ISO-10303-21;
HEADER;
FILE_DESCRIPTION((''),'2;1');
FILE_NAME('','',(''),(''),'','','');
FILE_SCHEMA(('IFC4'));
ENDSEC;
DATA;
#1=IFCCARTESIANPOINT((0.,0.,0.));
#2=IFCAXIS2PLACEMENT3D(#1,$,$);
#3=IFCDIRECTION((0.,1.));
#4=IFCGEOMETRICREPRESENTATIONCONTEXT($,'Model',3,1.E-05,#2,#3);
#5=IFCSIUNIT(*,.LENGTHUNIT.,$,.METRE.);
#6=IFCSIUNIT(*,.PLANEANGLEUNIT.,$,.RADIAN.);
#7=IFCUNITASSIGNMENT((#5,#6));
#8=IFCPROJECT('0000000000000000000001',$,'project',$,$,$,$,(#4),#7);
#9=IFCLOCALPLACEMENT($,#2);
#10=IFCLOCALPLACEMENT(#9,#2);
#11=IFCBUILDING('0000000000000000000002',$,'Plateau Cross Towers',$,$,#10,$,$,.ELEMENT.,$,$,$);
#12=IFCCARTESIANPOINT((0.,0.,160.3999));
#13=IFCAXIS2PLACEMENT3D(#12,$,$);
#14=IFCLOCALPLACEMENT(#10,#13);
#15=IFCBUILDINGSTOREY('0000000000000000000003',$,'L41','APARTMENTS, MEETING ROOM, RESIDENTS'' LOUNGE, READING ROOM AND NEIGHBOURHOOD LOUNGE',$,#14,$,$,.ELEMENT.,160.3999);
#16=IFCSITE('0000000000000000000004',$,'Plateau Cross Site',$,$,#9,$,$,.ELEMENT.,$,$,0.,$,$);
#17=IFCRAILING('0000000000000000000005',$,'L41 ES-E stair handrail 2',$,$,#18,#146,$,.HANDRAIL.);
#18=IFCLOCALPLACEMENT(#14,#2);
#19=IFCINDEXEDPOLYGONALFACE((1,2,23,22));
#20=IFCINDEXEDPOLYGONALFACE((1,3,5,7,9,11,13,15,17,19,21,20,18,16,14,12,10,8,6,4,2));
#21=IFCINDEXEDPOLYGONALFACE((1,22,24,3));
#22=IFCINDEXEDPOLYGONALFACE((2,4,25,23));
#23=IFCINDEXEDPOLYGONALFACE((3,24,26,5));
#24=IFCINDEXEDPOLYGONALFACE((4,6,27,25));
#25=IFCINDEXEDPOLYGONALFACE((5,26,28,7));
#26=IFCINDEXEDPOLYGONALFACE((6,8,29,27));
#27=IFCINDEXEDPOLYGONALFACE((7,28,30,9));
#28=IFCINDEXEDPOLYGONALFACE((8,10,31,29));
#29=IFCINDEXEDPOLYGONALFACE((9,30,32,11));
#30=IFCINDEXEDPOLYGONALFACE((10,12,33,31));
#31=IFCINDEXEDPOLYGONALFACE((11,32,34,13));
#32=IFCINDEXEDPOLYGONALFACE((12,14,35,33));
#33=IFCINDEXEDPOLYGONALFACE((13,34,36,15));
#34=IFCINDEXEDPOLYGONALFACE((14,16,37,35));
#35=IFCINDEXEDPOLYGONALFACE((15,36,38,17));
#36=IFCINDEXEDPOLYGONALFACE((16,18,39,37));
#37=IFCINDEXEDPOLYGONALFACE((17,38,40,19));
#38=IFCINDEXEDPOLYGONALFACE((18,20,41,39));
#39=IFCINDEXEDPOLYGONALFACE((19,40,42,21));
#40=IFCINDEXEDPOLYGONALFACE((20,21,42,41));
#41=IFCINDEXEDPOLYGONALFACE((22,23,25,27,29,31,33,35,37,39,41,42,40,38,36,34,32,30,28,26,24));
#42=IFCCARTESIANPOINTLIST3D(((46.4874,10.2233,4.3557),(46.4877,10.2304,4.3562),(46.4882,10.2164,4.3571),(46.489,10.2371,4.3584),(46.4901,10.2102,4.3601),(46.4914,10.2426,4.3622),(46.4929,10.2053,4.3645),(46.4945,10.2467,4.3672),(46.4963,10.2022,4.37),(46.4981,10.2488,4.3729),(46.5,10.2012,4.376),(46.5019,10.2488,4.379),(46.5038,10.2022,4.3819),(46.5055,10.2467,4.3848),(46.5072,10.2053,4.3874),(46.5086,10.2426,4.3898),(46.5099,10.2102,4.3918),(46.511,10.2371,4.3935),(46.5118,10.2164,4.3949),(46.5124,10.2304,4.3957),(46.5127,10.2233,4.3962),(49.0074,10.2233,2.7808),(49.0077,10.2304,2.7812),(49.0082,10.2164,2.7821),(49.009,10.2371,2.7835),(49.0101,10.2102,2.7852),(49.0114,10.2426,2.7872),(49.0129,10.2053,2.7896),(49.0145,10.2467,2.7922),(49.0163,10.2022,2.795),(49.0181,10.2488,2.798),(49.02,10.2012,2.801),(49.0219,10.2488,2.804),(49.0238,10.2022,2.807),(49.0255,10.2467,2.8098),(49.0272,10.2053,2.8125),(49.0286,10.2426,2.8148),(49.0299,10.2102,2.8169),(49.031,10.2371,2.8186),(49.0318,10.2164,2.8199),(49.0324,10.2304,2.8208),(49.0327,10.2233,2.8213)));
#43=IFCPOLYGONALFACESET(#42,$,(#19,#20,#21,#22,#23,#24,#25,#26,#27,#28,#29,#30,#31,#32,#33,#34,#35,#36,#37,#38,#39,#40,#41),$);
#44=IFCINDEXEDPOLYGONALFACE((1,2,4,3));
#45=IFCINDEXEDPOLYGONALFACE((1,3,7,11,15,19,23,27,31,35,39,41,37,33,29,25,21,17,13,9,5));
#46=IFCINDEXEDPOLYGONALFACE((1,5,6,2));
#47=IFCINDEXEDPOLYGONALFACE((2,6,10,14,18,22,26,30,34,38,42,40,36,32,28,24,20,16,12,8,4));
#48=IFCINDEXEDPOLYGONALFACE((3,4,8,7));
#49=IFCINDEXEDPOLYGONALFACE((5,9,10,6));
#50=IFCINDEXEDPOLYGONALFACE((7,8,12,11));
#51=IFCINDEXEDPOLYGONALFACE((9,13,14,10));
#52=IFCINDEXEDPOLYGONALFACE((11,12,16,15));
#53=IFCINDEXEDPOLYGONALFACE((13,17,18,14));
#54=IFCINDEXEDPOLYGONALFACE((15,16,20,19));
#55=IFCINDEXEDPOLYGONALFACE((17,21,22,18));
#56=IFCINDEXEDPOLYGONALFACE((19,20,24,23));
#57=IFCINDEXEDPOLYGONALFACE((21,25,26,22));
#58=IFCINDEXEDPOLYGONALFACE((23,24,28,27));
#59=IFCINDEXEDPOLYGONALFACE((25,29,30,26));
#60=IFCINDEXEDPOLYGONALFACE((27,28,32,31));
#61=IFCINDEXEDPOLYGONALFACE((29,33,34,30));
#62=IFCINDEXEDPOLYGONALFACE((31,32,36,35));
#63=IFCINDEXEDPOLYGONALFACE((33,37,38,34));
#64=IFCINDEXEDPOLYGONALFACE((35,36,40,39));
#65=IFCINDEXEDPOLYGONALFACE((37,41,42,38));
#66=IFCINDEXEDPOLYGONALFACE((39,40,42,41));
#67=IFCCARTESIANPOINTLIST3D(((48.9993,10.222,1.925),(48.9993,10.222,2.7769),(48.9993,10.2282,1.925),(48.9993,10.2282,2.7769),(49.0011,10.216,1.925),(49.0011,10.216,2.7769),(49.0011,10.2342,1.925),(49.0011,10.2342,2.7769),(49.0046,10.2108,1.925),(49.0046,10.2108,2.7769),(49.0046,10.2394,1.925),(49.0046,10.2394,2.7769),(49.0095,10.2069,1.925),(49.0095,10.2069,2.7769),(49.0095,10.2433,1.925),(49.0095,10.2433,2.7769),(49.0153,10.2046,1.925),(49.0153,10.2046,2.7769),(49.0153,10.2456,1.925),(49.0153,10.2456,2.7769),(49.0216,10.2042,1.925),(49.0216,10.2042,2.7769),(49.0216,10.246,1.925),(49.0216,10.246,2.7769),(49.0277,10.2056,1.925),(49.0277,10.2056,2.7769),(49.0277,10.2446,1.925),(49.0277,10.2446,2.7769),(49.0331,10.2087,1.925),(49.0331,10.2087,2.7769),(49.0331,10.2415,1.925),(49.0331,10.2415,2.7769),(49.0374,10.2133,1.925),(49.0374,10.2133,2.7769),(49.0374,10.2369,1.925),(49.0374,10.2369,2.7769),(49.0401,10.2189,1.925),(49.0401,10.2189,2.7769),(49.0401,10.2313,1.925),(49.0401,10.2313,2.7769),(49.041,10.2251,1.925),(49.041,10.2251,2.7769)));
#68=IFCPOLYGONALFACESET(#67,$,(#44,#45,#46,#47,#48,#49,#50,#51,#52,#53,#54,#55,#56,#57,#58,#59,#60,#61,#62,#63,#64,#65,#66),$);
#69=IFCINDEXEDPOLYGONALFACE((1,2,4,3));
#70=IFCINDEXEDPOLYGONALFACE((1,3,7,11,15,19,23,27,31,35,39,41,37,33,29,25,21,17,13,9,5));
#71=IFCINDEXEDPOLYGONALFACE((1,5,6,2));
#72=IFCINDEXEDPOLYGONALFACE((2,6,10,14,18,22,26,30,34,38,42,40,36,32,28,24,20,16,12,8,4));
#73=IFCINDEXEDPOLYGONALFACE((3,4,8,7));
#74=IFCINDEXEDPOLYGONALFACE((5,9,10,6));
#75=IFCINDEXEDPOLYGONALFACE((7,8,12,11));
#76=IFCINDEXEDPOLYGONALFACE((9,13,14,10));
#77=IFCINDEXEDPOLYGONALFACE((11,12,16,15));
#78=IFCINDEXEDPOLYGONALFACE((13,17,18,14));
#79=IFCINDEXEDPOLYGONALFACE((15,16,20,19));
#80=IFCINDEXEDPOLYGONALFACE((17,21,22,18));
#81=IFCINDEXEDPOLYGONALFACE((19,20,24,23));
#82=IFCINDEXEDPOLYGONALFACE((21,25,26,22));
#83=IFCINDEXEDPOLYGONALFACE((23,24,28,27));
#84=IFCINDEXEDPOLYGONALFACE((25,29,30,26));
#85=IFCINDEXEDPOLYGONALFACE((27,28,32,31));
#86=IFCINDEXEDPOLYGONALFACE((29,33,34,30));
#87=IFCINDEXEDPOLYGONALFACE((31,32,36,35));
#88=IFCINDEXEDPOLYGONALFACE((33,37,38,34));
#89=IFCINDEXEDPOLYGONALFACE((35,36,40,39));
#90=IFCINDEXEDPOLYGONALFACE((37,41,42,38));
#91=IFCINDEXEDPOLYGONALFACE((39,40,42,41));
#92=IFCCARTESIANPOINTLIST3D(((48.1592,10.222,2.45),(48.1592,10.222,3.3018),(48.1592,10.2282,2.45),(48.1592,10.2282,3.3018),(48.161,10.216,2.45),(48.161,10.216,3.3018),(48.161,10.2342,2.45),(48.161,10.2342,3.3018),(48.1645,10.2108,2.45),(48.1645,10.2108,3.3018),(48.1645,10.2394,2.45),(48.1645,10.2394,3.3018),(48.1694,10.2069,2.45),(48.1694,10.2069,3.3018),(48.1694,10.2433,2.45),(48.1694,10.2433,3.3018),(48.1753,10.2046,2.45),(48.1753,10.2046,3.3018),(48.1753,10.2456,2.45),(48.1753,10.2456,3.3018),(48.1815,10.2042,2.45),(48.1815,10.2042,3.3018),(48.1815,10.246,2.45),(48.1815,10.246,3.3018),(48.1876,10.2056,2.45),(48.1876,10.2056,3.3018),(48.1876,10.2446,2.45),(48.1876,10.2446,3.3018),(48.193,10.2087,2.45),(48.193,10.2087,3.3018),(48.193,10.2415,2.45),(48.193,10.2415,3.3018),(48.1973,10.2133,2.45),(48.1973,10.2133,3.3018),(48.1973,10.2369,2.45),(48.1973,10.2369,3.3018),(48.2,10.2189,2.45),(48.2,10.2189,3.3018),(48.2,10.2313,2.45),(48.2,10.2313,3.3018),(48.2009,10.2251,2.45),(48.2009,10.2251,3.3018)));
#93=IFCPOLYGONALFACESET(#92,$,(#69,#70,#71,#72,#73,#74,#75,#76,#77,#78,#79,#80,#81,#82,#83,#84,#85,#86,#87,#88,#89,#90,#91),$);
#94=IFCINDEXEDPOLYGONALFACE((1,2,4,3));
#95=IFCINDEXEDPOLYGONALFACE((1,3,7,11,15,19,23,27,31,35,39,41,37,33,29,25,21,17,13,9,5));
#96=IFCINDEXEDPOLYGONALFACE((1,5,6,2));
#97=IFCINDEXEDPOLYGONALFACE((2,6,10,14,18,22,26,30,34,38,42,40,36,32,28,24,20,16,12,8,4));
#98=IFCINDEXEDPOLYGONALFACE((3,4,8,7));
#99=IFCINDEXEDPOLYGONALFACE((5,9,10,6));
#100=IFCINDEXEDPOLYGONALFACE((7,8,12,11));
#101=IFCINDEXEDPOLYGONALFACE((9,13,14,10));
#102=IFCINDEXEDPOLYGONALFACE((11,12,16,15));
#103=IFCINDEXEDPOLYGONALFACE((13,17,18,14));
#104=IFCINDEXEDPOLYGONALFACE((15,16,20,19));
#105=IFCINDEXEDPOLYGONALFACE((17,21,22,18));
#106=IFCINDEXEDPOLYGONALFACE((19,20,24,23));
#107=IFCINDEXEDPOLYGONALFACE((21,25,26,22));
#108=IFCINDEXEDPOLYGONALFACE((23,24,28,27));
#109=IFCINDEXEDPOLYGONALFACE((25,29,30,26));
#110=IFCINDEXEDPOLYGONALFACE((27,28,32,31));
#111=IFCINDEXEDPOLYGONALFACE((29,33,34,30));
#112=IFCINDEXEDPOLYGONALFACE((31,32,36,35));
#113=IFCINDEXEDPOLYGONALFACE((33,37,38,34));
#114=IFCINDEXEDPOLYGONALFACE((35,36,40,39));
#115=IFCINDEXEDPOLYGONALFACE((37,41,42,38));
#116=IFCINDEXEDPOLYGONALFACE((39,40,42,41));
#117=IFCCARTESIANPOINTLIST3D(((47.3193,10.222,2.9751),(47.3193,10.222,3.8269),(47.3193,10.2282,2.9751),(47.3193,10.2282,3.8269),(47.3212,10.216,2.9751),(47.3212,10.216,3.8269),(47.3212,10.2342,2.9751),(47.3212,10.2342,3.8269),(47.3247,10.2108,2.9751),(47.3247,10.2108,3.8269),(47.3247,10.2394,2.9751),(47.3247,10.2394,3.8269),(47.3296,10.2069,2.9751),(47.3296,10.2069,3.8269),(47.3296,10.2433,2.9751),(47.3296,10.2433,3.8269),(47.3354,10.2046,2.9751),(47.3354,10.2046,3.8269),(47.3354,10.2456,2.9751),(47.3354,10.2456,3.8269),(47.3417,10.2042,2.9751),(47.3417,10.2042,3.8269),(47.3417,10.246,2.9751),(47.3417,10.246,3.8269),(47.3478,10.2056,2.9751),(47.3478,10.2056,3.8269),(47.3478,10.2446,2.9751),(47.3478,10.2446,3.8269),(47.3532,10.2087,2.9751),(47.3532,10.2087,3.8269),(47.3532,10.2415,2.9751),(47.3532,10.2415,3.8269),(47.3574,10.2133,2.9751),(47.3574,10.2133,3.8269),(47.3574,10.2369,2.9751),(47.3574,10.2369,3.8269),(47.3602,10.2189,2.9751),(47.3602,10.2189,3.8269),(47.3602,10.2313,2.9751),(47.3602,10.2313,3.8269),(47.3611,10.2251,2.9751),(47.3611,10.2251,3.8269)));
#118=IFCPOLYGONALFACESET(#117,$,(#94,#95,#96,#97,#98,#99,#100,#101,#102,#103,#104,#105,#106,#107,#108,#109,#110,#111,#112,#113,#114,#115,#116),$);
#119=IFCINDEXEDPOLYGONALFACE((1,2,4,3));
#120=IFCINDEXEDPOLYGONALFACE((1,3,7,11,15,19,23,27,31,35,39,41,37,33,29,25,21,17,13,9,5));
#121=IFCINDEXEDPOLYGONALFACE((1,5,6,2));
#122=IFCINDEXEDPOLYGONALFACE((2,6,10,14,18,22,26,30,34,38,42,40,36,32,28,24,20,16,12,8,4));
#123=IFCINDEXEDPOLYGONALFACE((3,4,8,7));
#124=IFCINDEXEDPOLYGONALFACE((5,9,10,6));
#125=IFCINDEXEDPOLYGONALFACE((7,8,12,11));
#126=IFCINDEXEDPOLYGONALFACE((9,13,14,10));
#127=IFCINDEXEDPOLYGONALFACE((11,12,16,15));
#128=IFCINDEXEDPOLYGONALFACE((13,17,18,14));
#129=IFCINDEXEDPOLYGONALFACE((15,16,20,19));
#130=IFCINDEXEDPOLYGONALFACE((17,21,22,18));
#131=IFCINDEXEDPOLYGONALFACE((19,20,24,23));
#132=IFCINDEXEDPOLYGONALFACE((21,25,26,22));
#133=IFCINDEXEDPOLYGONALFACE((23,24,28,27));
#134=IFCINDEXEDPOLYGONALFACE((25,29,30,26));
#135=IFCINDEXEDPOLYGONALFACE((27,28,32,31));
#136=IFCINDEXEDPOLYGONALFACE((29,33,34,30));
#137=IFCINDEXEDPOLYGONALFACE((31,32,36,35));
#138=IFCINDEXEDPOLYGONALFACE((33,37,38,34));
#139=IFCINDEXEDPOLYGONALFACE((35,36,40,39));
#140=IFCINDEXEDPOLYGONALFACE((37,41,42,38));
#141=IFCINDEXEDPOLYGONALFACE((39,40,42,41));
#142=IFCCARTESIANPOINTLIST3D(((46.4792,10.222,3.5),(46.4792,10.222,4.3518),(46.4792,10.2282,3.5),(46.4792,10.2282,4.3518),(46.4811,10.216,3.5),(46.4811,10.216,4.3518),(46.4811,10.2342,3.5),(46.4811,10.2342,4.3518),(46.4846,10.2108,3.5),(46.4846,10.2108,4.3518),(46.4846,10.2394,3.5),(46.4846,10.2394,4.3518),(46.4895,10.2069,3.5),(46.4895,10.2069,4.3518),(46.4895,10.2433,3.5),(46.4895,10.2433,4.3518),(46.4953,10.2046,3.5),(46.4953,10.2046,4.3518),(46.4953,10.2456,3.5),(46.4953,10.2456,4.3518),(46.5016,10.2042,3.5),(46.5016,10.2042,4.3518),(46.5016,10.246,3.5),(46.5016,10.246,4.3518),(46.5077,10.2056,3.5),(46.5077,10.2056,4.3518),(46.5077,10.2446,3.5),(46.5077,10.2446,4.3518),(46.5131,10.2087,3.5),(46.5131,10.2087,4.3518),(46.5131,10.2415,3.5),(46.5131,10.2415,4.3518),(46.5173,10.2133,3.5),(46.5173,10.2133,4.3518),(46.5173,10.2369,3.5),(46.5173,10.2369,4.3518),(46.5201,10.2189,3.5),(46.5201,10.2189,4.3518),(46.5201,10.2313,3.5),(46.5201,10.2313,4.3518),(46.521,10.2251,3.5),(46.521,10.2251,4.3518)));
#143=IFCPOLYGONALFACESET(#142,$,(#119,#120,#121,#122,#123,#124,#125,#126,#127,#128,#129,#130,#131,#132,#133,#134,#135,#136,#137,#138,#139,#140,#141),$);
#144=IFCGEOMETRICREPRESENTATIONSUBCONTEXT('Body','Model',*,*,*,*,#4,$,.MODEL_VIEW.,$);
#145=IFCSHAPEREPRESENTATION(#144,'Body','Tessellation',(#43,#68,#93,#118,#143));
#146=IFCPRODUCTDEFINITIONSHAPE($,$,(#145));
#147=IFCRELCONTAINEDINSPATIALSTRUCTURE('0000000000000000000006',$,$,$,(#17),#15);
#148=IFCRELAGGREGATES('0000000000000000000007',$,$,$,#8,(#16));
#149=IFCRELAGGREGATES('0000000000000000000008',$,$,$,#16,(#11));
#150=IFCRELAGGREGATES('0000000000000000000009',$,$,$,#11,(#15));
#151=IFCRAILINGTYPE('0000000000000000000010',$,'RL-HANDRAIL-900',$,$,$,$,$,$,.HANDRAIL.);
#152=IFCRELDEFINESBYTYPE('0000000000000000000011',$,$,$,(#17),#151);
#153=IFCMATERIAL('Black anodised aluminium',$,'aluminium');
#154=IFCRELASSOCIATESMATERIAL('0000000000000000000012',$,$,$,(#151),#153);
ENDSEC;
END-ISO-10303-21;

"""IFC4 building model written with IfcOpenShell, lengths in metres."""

from ifc_helpers import new_model, si_unit, direction, frame, origin, origin_2d, place, context, subcontext, project, spatial, circle, extrude, material, type_object, element, save


model = new_model("IFC4")

# Units and contexts
model_context = context("Model", 3, precision=1e-05, world=origin(), true_north=direction((0.0, 1.0)))
body_context = subcontext(model_context, "Body", "Model", "MODEL_VIEW")
ifc_project = project(units=[si_unit("LENGTHUNIT", "METRE"), si_unit("PLANEANGLEUNIT", "RADIAN")], contexts=[model_context])

# Site, building, storey
site_placement = place(None, origin())
site = spatial("IfcSite", under=ifc_project, at=site_placement, Name="Plateau Cross Site", CompositionType="ELEMENT", RefElevation=0.0)
building_placement = place(site_placement, origin())
building = spatial("IfcBuilding", under=site, at=building_placement, Name="Plateau Cross Towers", CompositionType="ELEMENT")
storey_placement = place(building_placement, frame((0.0, 0.0, 160.3999)))
storey = spatial("IfcBuildingStorey", under=building, at=storey_placement, Name="L41", Description="APARTMENTS, MEETING ROOM, RESIDENTS' LOUNGE, READING ROOM AND NEIGHBOURHOOD LOUNGE", CompositionType="ELEMENT", Elevation=160.3999)

# Shared definitions
ifc_material_1 = material(Name="Black anodised aluminium", Category="aluminium")

# Railing
railing_type_1 = type_object("IfcRailingType", Name="RL-HANDRAIL-900", PredefinedType="HANDRAIL", material=ifc_material_1)
railing_1_placement = place(storey_placement, frame((49.02, 10.2251, 1.925)))
element("IfcRailing", 1, at=railing_1_placement, inside=storey, type_object=railing_type_1, Name="L41 ES-E stair handrail 2", PredefinedType="HANDRAIL", context=body_context, shape_type="SweptSolid", body=[
    extrude(circle(Radius=0.0239, at=origin_2d()), frame((0.0, 0.0, 0.876), z_axis=(-0.848008, 0.0, 0.529984), x_axis=(0.0, -1.0, 0.0)), (0.0, 0.0, 1.0), 2.9717),
    extrude(circle(Radius=0.021, at=origin_2d()), origin(), (0.0, 0.0, 1.0), 0.8518),
    extrude(circle(Radius=0.021, at=origin_2d()), frame((-0.8401, 0.0, 0.5249)), (0.0, 0.0, 1.0), 0.8518),
    extrude(circle(Radius=0.021, at=origin_2d()), frame((-1.6799, 0.0, 1.05)), (0.0, 0.0, 1.0), 0.8518),
    extrude(circle(Radius=0.021, at=origin_2d()), frame((-2.52, 0.0, 1.575)), (0.0, 0.0, 1.0), 0.8518),
])

save(model, "model.ifc")
